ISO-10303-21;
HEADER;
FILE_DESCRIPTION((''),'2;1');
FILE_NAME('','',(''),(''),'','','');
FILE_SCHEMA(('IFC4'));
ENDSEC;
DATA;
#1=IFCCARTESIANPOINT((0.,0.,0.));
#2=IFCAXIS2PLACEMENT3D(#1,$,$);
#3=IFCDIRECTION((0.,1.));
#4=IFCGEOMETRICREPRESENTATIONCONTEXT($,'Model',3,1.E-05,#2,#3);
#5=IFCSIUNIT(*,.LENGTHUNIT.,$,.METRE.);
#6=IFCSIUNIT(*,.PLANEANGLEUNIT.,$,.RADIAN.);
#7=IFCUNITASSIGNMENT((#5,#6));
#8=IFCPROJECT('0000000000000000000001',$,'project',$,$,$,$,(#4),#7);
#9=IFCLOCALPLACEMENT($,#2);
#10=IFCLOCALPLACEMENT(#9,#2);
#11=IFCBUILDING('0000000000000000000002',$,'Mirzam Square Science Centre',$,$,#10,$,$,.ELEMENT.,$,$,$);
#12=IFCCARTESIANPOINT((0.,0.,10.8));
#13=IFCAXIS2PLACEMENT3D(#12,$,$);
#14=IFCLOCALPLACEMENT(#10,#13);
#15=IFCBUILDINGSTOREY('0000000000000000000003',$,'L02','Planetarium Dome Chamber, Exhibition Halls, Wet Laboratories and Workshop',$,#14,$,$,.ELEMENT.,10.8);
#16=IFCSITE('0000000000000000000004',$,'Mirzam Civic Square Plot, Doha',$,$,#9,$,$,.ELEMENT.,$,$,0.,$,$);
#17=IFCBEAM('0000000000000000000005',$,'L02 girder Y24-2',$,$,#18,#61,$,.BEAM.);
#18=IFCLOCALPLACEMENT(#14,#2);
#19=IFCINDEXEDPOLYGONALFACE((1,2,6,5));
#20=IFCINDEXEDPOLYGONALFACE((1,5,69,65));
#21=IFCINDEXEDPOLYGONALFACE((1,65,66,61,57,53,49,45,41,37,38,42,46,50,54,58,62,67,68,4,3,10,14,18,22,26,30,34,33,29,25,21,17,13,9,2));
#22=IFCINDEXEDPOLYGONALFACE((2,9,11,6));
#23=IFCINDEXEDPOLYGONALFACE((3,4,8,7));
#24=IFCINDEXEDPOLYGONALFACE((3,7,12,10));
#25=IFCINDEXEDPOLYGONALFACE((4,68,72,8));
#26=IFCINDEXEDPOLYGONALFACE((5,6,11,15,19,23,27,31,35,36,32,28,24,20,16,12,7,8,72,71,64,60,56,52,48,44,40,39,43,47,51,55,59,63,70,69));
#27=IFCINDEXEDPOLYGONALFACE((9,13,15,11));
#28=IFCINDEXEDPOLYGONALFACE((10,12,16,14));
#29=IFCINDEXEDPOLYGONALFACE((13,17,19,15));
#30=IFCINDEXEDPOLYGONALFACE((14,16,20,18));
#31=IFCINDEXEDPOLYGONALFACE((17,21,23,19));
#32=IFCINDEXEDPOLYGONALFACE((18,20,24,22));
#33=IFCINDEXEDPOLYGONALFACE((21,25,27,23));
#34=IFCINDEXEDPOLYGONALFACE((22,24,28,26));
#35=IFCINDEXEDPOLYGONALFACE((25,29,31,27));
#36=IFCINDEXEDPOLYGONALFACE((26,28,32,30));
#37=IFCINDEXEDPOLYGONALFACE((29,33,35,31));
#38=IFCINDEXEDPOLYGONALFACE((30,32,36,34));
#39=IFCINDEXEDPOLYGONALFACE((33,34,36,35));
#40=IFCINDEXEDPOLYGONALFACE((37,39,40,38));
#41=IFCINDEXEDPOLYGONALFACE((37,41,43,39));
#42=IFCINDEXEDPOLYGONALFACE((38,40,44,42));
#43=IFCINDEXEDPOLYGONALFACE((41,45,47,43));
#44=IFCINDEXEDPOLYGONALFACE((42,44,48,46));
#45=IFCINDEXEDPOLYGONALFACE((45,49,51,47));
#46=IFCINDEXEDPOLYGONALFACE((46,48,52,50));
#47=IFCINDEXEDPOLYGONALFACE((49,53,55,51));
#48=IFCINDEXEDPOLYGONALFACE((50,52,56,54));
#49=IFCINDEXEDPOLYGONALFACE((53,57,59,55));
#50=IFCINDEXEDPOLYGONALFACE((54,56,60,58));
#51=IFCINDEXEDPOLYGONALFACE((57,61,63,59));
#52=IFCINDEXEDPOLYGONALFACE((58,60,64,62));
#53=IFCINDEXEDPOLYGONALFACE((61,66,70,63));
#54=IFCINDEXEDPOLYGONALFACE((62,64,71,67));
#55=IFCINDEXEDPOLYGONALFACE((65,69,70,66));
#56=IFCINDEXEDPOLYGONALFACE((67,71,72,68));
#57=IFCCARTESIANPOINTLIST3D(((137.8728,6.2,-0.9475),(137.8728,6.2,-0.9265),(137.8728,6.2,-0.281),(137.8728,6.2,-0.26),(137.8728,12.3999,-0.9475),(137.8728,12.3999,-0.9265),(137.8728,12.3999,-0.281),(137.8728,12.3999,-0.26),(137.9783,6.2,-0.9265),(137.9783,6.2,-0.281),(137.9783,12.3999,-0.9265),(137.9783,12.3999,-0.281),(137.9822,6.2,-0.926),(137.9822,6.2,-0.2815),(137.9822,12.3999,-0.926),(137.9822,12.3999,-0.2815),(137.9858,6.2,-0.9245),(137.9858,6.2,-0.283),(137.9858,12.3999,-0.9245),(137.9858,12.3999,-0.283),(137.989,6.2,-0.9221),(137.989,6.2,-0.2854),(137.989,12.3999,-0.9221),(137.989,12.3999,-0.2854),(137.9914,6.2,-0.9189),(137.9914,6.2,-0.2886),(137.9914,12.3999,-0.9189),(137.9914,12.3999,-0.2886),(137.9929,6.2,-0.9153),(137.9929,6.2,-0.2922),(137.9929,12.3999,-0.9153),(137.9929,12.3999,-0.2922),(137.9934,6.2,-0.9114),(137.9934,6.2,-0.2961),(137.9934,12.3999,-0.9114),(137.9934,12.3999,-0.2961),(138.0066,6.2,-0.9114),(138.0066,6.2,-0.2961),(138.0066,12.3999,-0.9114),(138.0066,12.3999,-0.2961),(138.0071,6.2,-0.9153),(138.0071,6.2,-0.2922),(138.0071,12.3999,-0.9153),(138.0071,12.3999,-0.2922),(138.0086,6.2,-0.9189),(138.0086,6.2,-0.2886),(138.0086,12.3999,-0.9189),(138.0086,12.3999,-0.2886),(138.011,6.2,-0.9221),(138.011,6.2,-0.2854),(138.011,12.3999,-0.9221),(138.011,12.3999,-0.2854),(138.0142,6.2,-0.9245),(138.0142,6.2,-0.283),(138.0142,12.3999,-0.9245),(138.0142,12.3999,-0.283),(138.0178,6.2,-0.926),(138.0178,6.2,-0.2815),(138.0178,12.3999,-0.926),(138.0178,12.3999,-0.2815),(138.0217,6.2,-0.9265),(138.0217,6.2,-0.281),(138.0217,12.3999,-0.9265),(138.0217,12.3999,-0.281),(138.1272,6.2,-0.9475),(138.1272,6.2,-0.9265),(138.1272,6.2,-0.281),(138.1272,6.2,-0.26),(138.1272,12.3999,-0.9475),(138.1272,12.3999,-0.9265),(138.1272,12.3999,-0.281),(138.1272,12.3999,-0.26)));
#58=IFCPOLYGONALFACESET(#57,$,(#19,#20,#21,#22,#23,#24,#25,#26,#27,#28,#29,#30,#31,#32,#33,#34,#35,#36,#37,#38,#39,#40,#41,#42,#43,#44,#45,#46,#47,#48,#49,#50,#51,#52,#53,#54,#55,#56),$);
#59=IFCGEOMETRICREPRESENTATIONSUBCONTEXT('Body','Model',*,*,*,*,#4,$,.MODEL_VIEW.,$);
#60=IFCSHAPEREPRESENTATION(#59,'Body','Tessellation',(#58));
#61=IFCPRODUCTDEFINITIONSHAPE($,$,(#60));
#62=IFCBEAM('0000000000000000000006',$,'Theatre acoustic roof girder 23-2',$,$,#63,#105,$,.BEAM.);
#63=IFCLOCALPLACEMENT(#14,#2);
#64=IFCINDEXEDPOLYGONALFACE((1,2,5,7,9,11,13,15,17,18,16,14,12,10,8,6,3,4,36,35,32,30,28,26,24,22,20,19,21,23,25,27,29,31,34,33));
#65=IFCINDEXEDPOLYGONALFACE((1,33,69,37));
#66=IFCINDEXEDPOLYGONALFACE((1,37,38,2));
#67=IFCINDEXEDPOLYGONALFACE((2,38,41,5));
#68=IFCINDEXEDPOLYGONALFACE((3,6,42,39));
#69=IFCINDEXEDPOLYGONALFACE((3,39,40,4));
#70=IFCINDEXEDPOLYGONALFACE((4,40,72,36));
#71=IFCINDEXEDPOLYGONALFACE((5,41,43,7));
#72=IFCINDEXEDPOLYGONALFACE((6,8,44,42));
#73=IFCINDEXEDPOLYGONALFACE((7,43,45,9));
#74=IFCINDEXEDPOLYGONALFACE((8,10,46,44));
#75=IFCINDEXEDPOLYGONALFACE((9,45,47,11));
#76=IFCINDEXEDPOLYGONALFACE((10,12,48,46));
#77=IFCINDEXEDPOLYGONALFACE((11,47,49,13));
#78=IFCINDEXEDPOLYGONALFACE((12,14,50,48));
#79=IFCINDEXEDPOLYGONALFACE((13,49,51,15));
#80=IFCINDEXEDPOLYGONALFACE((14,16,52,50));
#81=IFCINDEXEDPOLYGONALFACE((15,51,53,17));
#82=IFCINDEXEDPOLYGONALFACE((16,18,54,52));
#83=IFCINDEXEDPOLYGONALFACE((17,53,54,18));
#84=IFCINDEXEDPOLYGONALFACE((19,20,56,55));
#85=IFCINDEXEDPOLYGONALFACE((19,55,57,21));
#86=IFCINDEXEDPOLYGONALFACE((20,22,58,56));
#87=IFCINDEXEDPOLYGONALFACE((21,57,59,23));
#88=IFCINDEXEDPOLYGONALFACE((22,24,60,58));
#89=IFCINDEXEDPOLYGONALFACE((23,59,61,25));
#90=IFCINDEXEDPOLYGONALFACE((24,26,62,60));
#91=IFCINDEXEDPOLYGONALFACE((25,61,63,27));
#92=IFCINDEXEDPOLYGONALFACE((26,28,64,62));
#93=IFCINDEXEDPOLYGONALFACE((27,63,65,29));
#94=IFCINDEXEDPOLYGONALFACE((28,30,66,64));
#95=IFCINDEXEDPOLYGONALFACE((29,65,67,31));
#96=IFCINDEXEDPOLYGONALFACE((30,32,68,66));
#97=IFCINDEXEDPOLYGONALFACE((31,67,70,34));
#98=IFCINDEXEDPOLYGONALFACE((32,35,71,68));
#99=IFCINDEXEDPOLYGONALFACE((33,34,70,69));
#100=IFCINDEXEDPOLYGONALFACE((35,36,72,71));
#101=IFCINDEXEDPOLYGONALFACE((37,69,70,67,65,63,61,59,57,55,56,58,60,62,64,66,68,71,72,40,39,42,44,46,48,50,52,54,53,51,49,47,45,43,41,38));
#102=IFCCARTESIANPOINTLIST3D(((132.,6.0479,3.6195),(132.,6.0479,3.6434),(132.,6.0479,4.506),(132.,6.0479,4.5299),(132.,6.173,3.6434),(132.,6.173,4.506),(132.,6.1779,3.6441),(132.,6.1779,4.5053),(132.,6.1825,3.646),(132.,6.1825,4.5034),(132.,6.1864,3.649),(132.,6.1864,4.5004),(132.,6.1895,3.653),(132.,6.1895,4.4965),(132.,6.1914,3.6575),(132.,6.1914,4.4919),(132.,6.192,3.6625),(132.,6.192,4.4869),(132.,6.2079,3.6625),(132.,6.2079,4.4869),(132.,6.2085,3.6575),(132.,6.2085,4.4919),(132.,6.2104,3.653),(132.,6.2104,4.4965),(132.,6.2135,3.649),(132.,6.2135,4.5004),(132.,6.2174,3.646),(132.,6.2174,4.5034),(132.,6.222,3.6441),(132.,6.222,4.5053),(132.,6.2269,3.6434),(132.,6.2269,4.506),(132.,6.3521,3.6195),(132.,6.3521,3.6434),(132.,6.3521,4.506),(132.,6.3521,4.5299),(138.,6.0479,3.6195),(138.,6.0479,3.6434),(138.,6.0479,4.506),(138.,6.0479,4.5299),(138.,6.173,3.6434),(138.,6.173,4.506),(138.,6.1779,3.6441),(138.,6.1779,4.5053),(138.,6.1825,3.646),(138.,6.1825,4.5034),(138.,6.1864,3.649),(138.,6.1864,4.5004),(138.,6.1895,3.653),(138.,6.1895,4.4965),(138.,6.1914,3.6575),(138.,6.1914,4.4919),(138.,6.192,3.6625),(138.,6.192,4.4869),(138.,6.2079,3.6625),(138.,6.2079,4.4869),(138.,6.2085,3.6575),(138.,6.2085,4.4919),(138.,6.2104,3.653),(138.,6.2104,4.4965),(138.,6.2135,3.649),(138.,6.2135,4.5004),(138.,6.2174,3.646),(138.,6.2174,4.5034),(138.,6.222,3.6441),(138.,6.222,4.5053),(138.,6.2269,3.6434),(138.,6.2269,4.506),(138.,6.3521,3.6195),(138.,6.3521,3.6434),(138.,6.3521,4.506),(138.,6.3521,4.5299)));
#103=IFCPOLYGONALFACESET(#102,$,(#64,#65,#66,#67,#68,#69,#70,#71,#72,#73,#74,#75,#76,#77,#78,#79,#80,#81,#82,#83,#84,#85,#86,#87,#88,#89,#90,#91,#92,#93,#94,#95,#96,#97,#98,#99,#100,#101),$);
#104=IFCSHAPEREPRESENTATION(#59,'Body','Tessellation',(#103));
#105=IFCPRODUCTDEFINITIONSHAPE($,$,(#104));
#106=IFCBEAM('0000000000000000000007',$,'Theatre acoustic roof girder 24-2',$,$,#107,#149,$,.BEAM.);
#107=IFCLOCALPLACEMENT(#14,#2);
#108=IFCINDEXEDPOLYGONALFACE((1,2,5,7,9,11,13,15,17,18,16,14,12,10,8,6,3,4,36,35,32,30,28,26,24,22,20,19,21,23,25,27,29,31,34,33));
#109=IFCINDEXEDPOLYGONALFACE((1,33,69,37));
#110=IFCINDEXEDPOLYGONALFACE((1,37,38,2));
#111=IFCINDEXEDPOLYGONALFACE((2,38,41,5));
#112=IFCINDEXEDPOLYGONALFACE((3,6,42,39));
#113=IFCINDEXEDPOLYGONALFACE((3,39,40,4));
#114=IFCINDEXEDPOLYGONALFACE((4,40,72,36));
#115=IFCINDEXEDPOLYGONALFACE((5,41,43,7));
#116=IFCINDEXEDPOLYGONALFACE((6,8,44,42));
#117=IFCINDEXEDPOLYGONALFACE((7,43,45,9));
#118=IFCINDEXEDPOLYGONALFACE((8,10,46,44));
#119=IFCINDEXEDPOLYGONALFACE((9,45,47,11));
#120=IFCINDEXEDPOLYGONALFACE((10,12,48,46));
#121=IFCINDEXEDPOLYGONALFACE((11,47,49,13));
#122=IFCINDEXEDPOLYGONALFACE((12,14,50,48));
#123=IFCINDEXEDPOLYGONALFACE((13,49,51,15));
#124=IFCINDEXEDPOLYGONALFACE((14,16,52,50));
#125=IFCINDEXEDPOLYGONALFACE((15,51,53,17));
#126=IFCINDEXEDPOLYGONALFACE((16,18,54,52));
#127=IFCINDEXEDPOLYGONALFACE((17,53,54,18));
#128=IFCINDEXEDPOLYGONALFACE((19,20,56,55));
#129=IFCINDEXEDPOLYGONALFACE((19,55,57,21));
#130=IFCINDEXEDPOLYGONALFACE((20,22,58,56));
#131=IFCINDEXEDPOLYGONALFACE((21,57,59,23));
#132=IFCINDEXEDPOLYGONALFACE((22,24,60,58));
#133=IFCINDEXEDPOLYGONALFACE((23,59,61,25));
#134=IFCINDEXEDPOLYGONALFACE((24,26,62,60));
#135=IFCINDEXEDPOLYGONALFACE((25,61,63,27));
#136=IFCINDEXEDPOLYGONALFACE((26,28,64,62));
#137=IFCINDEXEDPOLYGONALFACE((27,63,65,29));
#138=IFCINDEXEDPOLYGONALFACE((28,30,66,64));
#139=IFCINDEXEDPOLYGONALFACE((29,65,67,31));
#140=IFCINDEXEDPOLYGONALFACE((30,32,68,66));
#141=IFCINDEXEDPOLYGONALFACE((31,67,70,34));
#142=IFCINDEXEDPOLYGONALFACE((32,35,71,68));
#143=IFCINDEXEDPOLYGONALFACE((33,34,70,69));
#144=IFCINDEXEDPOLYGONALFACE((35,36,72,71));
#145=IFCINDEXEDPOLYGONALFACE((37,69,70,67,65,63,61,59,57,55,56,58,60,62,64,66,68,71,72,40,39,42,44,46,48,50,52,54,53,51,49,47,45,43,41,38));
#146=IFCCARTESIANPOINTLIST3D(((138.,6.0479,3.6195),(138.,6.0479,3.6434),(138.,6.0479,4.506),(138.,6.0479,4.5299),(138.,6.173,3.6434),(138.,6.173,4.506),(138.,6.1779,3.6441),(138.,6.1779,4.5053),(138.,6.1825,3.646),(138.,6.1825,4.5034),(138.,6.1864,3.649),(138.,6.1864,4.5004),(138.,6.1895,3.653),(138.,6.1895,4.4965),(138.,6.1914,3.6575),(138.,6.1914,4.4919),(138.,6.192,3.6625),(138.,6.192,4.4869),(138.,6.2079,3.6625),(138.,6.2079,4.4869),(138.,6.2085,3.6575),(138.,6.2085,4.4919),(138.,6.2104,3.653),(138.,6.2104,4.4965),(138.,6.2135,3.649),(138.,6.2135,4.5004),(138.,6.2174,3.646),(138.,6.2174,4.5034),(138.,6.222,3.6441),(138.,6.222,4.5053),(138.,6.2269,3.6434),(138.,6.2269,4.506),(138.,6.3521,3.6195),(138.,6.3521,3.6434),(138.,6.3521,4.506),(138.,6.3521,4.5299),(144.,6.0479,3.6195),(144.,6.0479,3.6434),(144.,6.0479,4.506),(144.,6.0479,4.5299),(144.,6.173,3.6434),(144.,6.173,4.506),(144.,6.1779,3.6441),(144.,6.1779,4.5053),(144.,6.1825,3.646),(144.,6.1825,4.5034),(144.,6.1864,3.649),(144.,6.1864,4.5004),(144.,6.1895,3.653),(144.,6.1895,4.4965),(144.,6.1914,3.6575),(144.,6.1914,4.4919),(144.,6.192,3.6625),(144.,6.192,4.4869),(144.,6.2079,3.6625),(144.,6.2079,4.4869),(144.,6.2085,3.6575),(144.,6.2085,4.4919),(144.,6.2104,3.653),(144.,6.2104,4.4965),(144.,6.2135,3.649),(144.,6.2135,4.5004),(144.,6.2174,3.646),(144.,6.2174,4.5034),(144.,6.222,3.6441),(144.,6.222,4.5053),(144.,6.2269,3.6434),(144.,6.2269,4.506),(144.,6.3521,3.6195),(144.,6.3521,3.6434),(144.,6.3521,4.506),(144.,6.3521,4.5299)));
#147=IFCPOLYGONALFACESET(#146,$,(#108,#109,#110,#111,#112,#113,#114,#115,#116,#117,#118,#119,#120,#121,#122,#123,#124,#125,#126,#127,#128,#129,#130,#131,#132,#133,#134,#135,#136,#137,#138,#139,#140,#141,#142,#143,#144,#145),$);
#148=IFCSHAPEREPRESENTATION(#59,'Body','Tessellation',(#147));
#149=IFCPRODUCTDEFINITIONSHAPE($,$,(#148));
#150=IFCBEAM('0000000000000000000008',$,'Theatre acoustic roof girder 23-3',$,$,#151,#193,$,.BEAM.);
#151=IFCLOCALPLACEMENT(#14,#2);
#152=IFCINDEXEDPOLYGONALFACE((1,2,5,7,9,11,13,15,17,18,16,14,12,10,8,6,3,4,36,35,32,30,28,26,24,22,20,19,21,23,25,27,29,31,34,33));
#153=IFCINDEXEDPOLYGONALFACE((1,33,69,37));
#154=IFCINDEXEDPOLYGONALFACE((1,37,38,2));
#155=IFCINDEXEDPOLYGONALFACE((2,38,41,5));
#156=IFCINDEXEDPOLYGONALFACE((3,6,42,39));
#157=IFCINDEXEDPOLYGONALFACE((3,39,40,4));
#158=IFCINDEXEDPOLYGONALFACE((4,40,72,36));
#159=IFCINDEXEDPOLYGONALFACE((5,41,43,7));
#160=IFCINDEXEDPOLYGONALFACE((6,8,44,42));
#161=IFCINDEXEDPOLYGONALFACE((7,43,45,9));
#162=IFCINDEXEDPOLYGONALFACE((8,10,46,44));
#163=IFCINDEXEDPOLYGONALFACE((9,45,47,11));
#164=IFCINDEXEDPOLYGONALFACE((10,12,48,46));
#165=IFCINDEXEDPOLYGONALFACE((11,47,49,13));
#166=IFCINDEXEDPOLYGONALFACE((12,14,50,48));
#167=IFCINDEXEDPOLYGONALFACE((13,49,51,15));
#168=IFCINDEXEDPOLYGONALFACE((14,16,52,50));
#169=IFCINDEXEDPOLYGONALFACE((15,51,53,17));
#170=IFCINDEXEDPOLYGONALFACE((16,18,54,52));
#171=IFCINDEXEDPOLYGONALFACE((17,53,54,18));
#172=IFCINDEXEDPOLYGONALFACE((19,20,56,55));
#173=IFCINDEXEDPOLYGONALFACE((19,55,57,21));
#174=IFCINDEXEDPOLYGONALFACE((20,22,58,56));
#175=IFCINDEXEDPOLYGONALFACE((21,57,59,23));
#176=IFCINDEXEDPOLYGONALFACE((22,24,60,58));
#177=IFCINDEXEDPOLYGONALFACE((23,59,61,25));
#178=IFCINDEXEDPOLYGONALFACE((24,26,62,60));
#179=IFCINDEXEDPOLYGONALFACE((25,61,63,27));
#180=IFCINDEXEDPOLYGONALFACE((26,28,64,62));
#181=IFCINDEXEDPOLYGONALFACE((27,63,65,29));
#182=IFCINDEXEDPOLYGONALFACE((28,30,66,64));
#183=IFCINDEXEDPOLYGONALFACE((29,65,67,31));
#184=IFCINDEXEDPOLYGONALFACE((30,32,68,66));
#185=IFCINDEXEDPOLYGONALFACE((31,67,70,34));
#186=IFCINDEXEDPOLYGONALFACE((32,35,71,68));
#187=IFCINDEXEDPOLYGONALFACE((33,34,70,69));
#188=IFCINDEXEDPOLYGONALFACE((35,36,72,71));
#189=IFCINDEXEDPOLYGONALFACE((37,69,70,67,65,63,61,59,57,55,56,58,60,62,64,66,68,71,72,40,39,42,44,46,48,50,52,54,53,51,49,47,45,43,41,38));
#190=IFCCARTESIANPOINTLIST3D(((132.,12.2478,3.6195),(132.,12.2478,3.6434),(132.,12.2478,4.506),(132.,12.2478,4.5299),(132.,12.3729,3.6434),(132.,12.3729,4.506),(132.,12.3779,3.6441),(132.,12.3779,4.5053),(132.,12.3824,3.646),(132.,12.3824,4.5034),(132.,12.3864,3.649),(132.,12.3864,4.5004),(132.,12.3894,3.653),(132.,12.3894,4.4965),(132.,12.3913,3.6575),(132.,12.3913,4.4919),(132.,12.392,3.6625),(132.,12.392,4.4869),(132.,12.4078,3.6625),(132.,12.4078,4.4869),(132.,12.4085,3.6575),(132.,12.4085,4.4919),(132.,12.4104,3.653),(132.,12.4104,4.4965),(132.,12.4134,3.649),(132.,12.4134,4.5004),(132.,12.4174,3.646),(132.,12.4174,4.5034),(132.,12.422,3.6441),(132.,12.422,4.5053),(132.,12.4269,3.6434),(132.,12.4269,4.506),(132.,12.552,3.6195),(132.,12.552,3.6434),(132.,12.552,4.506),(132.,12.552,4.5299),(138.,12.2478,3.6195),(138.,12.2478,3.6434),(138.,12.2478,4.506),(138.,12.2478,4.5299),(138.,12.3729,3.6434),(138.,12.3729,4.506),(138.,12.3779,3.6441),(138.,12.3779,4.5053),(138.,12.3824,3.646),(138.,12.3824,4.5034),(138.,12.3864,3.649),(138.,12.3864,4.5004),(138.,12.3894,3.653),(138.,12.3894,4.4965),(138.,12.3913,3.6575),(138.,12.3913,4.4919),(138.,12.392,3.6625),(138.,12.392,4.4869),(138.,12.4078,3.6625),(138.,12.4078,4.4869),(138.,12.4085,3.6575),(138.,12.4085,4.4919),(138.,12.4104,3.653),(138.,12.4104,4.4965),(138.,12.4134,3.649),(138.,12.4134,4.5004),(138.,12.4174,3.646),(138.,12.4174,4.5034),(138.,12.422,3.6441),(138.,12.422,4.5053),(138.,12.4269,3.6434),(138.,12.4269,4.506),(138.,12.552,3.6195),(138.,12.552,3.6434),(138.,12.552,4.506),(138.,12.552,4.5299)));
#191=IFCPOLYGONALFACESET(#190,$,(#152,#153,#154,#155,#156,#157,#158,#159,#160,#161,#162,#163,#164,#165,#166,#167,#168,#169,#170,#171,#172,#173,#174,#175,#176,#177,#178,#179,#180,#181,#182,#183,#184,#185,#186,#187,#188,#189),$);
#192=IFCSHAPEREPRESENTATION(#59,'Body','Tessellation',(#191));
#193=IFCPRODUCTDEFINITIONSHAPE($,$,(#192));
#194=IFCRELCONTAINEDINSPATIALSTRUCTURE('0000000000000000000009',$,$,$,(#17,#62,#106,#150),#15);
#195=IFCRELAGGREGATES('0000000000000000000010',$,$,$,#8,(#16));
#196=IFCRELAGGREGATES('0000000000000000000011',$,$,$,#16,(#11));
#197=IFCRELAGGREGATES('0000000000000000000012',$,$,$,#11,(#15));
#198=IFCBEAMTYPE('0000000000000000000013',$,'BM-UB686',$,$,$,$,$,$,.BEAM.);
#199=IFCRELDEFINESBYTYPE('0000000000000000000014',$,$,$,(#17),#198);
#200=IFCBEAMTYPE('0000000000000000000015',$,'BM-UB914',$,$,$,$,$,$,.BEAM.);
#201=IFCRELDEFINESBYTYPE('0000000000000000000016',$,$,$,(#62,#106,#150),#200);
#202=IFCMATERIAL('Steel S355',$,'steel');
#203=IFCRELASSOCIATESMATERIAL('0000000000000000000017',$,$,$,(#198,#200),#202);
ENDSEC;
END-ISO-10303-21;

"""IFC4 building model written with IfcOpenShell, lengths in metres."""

from ifc_helpers import new_model, si_unit, direction, frame, origin, origin_2d, place, context, subcontext, project, spatial, i_section, extrude, material, material_profile, profile_set, type_object, element, save


model = new_model("IFC4")

# Units and contexts
model_context = context("Model", 3, precision=1e-05, world=origin(), true_north=direction((0.0, 1.0)))
body_context = subcontext(model_context, "Body", "Model", "MODEL_VIEW")
ifc_project = project(units=[si_unit("LENGTHUNIT", "METRE"), si_unit("PLANEANGLEUNIT", "RADIAN")], contexts=[model_context])

# Site, building, storey
site_placement = place(None, origin())
site = spatial("IfcSite", under=ifc_project, at=site_placement, Name="Mirzam Civic Square Plot, Doha", CompositionType="ELEMENT", RefElevation=0.0)
building_placement = place(site_placement, origin())
building = spatial("IfcBuilding", under=site, at=building_placement, Name="Mirzam Square Science Centre", CompositionType="ELEMENT")
storey_placement = place(building_placement, frame((0.0, 0.0, 10.8)))
storey = spatial("IfcBuildingStorey", under=building, at=storey_placement, Name="L02", Description="Planetarium Dome Chamber, Exhibition Halls, Wet Laboratories and Workshop", CompositionType="ELEMENT", Elevation=10.8)

# Shared definitions
ifc_material_1 = material(Name="Steel S355", Category="steel")

# Beams
ifc_material_profile_1 = material_profile(ifc_material_1, i_section(OverallWidth=0.2544, OverallDepth=0.6875, WebThickness=0.0132, FlangeThickness=0.021, FilletRadius=0.0151, at=origin_2d()), Name="686x254x152UB")
ifc_profile_set_1 = profile_set([ifc_material_profile_1], Name="Steel S355")
beam_type_1 = type_object("IfcBeamType", Name="BM-UB686", PredefinedType="BEAM", material=ifc_profile_set_1)
beam_1_placement = place(storey_placement, frame((138.0, 6.2, -0.6038), z_axis=(0.0, 1.0, 0.0), x_axis=(-1.0, 0.0, 0.0)))
element("IfcBeam", 1, at=beam_1_placement, inside=storey, type_object=beam_type_1, Name="L02 girder Y24-2", PredefinedType="BEAM", context=body_context, shape_type="SweptSolid", body=[
    extrude(i_section(OverallWidth=0.2544, OverallDepth=0.6875, WebThickness=0.0132, FlangeThickness=0.021, FilletRadius=0.0151, at=origin_2d()), origin(), (0.0, 0.0, 1.0), 6.2),
])
ifc_material_profile_2 = material_profile(ifc_material_1, i_section(OverallWidth=0.3042, OverallDepth=0.9104, WebThickness=0.0159, FlangeThickness=0.0239, FilletRadius=0.019, at=origin_2d()), Name="914x305x224UB")
ifc_profile_set_2 = profile_set([ifc_material_profile_2], Name="Steel S355")
beam_type_2 = type_object("IfcBeamType", Name="BM-UB914", PredefinedType="BEAM", material=ifc_profile_set_2)
for number, where, z_axis, x_axis, name in (
    (2, (132.0, 6.2, 4.0747), (1.0, 0.0, 0.0), (0.0, 1.0, 0.0), "Theatre acoustic roof girder 23-2"),
    (3, (138.0, 6.2, 4.0747), (1.0, 0.0, 0.0), (0.0, 1.0, 0.0), "Theatre acoustic roof girder 24-2"),
    (4, (132.0, 12.3999, 4.0747), (1.0, 0.0, 0.0), (0.0, 1.0, 0.0), "Theatre acoustic roof girder 23-3"),
):
    element("IfcBeam", number, at=place(storey_placement, frame(where, z_axis=z_axis, x_axis=x_axis)), inside=storey, type_object=beam_type_2, Name=name, PredefinedType="BEAM", context=body_context, shape_type="SweptSolid", body=[
        extrude(i_section(OverallWidth=0.3042, OverallDepth=0.9104, WebThickness=0.0159, FlangeThickness=0.0239, FilletRadius=0.019, at=origin_2d()), origin(), (0.0, 0.0, 1.0), 6.0),
    ])

save(model, "model.ifc")
